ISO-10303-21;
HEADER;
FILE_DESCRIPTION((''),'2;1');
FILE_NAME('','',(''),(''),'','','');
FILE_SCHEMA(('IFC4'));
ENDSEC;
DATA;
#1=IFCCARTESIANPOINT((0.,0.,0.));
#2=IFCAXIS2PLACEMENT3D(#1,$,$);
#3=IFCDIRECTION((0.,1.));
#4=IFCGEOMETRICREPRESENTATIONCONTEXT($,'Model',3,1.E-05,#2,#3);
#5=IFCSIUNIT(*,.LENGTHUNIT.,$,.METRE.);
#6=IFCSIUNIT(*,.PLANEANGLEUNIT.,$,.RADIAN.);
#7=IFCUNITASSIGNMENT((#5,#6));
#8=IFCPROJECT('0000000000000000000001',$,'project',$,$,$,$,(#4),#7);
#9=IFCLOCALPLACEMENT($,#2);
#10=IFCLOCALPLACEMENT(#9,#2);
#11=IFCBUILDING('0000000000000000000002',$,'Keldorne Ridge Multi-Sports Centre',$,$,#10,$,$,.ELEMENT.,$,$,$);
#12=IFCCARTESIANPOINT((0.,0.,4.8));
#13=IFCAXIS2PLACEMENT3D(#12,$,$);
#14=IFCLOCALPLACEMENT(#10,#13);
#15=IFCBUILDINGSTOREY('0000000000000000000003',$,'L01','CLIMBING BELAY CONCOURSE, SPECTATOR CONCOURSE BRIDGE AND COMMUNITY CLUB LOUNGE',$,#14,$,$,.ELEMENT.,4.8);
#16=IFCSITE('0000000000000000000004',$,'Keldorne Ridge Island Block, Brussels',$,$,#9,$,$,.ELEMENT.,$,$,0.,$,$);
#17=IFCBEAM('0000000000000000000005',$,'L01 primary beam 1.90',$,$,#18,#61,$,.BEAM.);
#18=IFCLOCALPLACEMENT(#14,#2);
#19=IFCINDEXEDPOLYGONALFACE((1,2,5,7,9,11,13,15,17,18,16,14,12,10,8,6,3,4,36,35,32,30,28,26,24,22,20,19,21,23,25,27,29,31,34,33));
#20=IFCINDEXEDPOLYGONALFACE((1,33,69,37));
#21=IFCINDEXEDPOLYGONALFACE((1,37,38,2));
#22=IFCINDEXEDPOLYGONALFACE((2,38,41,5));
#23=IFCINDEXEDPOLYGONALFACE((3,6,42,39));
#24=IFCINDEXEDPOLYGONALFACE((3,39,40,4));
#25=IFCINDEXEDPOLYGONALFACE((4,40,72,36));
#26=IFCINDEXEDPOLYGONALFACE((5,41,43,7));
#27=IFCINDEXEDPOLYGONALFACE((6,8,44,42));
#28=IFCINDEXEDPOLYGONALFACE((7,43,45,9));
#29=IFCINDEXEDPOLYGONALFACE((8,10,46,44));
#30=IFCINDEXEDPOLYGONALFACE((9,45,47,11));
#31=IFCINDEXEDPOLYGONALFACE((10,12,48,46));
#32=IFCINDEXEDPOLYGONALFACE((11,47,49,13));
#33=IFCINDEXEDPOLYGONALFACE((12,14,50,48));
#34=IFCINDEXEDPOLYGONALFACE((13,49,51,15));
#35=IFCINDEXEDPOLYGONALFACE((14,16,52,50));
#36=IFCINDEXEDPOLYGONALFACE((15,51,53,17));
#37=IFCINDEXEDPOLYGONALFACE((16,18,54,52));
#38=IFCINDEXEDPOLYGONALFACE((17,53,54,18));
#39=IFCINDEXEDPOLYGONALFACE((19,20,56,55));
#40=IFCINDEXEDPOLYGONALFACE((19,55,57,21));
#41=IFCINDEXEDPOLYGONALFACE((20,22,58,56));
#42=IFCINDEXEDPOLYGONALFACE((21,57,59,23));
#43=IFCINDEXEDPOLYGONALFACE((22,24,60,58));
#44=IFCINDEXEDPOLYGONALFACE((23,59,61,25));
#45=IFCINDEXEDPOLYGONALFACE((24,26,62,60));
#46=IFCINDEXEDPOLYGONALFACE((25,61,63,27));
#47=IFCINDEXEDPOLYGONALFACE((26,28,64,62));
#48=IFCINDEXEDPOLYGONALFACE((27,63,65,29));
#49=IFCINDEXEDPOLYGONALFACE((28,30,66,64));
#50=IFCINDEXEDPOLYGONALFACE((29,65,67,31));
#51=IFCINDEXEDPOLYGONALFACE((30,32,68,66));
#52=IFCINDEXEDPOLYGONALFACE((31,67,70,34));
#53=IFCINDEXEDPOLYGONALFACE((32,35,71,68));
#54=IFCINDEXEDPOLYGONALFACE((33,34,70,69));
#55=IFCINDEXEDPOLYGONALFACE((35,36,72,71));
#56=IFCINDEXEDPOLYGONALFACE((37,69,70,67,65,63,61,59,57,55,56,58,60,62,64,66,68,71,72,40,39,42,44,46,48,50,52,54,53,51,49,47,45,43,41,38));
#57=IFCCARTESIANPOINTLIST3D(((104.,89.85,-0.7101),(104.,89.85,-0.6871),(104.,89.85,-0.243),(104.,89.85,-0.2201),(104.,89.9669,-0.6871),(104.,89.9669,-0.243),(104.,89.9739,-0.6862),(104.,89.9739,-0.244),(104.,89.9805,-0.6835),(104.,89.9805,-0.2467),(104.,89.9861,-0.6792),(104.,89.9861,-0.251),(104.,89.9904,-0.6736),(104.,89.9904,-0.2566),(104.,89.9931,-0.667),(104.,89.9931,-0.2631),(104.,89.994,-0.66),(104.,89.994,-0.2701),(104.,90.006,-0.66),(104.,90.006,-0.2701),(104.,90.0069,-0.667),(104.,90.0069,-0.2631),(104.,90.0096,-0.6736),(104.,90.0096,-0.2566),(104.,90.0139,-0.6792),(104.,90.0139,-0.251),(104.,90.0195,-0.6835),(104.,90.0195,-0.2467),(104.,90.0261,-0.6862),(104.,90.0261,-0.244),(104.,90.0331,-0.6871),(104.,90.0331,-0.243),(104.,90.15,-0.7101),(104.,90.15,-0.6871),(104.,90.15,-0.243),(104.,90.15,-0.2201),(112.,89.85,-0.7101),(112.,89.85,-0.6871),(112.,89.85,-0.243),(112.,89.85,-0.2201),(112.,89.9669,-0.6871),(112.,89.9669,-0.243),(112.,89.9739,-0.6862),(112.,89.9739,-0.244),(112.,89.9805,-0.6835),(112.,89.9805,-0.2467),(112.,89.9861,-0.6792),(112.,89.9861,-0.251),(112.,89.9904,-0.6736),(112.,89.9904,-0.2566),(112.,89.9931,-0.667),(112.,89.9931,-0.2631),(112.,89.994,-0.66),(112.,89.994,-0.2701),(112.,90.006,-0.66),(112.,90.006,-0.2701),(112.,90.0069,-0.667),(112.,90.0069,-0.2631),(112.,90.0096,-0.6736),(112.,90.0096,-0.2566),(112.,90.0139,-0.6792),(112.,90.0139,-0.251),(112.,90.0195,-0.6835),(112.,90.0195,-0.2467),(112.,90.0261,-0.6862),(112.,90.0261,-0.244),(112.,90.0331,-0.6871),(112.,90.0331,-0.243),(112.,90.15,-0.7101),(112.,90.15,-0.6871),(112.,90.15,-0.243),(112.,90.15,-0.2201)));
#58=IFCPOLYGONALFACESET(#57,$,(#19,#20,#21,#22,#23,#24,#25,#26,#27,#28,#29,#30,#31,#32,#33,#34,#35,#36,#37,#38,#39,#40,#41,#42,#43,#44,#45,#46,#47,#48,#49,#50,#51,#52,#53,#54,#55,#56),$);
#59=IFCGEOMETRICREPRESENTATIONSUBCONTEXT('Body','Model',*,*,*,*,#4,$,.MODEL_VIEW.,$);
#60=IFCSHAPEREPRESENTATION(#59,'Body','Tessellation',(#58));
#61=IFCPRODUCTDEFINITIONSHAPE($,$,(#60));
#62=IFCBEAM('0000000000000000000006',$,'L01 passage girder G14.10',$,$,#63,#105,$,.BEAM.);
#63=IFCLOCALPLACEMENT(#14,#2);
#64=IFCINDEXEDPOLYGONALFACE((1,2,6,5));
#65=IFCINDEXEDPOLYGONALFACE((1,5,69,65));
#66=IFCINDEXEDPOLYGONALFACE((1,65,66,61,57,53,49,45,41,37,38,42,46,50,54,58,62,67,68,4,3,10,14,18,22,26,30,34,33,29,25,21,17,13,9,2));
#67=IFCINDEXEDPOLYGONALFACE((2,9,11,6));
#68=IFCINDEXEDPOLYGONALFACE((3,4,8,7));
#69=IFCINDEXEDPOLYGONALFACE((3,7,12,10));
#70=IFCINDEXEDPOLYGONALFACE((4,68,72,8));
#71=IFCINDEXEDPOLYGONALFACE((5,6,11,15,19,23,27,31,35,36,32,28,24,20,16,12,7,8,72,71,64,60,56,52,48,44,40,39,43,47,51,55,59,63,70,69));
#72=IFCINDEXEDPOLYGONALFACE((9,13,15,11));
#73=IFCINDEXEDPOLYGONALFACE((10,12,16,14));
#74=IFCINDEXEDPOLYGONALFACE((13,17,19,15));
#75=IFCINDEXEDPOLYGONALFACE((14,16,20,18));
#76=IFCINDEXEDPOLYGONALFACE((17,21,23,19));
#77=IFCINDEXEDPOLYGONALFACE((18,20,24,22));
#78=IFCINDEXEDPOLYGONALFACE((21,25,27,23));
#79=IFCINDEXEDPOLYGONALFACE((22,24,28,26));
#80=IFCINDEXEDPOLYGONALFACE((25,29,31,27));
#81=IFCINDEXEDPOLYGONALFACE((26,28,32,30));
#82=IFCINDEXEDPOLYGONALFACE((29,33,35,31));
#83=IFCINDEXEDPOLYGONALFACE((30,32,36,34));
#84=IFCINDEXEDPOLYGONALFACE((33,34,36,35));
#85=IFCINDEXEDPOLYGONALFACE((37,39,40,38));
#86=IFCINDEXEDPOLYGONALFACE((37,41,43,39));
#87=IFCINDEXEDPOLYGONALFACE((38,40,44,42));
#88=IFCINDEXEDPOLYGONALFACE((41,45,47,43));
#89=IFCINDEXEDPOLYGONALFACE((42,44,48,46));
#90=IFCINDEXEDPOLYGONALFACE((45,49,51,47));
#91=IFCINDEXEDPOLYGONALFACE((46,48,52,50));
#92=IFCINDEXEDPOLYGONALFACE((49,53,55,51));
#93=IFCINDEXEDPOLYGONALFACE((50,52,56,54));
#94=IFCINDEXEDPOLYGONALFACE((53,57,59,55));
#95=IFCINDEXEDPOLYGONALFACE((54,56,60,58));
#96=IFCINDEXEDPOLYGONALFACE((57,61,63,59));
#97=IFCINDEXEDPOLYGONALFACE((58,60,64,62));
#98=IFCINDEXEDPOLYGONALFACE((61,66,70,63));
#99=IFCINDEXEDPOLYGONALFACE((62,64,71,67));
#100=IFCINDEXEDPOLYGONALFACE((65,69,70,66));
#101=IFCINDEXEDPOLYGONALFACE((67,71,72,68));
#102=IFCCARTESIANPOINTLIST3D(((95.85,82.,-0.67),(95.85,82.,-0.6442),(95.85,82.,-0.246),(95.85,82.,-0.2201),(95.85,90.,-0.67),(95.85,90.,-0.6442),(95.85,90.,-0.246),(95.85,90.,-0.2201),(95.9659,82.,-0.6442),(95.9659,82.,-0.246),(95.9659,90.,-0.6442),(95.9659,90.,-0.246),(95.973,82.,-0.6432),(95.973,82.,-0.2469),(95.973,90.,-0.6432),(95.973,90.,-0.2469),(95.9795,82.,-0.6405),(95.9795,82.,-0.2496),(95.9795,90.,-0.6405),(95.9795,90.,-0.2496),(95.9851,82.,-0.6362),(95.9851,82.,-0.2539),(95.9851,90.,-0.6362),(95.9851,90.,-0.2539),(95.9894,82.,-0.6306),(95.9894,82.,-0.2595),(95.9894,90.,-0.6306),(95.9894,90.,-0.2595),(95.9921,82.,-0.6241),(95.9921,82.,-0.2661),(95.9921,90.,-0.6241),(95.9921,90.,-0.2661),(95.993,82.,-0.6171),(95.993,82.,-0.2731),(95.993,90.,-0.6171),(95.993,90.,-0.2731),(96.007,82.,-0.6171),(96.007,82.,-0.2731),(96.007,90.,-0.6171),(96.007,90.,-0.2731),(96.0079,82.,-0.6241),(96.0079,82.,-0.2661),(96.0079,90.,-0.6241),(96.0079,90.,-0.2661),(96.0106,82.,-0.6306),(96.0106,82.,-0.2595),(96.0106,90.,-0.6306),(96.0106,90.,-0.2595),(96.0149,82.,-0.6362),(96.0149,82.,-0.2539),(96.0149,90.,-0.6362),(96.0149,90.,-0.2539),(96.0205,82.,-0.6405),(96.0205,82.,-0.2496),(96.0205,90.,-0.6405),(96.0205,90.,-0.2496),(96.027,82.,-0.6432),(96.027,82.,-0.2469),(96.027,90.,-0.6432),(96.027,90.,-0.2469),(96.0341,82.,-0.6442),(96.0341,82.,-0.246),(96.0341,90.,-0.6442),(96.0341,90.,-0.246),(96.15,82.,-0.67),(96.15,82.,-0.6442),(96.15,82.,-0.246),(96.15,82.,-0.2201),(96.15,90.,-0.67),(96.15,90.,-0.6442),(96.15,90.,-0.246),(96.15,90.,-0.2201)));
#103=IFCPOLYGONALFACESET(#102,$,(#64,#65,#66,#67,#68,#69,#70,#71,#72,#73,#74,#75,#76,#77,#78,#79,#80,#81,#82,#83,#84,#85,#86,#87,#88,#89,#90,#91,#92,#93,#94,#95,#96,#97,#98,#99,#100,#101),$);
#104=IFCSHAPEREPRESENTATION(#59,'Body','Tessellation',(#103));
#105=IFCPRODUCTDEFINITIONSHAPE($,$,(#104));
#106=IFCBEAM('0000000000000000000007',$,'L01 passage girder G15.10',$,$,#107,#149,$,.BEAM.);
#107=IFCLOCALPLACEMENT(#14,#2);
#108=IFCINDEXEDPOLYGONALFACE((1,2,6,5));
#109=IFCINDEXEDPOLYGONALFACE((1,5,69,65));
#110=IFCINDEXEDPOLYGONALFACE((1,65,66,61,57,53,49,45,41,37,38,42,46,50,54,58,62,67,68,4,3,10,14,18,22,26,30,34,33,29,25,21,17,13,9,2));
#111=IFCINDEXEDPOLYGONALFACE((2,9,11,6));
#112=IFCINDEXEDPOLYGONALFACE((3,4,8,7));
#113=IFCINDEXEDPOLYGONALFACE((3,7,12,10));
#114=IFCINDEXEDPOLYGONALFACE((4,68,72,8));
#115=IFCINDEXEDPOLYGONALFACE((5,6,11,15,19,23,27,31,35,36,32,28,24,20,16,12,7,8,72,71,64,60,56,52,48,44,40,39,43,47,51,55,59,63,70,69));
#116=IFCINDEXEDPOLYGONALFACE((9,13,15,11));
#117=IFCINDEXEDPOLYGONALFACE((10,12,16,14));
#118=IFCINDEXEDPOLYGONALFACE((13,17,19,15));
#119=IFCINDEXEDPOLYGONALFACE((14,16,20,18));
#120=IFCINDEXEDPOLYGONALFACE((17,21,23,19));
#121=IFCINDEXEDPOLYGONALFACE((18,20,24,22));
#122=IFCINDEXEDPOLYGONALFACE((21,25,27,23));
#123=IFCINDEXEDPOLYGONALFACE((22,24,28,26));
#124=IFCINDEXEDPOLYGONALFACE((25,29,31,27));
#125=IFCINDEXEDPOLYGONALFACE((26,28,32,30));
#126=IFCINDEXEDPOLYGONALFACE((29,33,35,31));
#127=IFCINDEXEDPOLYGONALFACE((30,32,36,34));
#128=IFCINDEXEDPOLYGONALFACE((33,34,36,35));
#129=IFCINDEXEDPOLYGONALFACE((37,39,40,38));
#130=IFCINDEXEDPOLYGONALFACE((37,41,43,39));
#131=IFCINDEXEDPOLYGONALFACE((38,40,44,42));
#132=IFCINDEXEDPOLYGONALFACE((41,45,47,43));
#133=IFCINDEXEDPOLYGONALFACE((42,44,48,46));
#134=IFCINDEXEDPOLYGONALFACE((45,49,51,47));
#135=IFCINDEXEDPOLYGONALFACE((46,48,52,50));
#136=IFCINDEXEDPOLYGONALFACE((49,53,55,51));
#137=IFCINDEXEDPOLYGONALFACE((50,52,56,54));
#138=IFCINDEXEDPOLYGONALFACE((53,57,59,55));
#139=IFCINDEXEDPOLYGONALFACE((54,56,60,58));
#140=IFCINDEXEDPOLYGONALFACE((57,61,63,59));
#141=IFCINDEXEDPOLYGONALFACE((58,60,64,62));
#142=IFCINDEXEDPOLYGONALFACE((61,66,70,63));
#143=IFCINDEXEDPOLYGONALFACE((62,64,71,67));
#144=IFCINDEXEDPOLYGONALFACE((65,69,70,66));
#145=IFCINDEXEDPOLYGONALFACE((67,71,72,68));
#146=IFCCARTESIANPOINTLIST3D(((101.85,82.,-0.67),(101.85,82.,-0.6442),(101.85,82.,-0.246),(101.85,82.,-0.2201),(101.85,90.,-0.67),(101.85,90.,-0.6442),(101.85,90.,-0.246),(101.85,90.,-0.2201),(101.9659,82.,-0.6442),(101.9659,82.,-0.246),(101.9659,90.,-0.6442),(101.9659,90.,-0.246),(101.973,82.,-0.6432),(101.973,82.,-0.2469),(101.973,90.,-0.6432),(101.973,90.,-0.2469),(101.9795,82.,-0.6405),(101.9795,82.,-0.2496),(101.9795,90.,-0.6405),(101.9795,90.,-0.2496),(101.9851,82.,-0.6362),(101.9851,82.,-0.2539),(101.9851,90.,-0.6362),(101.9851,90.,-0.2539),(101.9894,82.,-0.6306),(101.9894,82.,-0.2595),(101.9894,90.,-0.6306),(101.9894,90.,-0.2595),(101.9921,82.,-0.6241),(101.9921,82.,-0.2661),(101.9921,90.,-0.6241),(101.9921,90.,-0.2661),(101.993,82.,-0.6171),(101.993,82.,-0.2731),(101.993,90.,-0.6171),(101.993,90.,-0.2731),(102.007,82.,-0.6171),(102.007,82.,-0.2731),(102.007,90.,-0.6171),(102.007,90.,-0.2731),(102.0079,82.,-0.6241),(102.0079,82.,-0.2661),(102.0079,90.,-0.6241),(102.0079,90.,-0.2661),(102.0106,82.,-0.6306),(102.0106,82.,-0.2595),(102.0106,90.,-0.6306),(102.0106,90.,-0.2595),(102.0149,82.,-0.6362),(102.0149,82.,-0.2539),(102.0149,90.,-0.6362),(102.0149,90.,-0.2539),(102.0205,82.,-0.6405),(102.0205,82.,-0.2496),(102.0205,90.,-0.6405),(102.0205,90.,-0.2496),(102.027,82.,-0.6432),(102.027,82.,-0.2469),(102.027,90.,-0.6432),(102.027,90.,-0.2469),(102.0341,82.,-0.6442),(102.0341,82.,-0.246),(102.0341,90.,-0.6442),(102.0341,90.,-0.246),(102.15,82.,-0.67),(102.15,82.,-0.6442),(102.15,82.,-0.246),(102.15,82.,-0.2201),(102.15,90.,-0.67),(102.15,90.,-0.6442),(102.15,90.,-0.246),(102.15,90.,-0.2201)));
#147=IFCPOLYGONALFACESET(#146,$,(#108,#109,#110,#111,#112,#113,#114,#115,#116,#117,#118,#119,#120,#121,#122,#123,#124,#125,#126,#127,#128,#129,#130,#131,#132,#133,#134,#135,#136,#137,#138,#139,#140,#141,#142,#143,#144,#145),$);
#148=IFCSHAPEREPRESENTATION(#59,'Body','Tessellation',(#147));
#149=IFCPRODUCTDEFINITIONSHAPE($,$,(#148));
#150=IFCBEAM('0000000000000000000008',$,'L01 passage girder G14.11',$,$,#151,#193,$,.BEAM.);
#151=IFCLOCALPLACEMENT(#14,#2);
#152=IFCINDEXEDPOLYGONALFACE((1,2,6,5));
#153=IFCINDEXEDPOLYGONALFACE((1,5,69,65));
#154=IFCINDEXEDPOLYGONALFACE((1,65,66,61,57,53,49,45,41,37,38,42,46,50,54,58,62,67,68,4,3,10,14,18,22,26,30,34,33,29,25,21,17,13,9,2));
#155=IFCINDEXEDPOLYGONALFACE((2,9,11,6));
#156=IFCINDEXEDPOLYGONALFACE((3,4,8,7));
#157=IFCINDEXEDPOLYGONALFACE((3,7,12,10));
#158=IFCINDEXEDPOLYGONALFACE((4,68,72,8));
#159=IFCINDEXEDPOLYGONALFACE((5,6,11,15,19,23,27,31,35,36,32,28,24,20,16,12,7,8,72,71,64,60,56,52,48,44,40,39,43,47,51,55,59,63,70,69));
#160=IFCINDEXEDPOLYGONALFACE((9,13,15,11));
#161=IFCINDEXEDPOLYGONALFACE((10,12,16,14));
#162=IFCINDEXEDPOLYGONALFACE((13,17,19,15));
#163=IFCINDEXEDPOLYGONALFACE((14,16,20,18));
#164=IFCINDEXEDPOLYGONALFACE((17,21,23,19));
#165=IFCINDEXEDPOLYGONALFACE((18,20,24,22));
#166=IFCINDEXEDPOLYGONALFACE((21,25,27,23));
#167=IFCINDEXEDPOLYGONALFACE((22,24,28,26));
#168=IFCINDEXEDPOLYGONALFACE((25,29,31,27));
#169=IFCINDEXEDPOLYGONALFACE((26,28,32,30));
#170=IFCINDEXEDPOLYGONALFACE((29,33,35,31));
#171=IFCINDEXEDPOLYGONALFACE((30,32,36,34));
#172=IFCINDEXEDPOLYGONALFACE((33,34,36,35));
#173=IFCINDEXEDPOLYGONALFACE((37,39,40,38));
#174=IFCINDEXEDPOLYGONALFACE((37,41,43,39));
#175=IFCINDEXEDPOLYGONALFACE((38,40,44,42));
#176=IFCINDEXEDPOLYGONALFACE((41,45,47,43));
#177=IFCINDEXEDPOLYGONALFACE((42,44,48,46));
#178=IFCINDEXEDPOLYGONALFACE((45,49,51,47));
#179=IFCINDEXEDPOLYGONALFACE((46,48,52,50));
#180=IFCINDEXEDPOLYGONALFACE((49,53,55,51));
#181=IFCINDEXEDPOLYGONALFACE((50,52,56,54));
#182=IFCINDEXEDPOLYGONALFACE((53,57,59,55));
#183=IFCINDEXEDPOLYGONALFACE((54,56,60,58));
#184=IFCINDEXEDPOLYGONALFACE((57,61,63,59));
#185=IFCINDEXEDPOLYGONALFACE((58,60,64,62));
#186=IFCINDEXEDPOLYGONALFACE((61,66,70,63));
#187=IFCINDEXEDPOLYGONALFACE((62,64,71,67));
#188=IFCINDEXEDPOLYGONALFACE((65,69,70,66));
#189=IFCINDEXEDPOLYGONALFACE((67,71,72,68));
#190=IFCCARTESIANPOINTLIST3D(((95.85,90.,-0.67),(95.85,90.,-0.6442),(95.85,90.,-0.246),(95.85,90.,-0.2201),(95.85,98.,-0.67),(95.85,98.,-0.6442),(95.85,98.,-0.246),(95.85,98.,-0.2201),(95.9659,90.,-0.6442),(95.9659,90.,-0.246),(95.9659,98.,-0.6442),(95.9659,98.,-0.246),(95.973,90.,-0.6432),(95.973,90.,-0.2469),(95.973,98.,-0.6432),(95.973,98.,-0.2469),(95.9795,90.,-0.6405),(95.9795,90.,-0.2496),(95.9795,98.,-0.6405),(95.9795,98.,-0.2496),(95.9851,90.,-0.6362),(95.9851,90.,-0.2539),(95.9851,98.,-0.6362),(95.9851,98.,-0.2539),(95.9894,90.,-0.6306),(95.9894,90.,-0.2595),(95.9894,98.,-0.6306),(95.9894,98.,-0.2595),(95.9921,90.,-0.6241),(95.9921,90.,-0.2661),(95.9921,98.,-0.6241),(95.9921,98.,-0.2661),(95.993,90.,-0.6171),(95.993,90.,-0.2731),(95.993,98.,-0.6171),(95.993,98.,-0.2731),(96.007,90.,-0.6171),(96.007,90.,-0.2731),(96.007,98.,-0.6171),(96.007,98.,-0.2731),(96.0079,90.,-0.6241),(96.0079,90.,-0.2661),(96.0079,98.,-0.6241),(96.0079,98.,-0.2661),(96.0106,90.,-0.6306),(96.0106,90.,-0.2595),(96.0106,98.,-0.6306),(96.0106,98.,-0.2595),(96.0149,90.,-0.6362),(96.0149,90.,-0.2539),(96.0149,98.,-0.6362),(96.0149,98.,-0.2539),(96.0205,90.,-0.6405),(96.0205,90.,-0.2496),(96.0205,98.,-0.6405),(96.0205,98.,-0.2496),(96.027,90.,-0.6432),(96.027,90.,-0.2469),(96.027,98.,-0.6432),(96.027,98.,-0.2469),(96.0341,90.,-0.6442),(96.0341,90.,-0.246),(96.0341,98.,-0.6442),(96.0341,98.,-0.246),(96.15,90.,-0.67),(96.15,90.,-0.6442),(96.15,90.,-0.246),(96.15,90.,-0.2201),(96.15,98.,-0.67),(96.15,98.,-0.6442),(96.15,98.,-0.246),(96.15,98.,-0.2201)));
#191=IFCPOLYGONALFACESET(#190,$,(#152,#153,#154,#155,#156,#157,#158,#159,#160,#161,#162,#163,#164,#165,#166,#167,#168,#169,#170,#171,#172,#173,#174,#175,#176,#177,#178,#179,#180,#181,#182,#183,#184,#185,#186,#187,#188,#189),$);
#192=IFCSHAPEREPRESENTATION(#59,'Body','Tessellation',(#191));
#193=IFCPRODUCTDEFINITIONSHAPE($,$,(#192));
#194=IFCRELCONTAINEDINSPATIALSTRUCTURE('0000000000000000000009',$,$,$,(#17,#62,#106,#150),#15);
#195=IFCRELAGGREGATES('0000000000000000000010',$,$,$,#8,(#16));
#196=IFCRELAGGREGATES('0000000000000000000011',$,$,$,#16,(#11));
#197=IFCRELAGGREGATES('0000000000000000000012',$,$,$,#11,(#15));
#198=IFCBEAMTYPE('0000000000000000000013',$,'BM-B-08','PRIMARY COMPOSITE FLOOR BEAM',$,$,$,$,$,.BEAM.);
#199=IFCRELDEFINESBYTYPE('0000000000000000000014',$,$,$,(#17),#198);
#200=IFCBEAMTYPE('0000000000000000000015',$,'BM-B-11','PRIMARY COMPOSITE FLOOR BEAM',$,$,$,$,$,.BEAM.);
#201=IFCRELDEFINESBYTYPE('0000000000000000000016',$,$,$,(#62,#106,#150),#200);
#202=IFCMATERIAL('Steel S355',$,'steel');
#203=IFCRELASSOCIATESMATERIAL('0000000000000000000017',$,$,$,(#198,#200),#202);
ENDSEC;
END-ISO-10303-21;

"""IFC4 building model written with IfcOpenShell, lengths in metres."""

from ifc_helpers import new_model, si_unit, direction, frame, origin, origin_2d, place, context, subcontext, project, spatial, i_section, extrude, material, material_profile, profile_set, type_object, element, save


model = new_model("IFC4")

# Units and contexts
model_context = context("Model", 3, precision=1e-05, world=origin(), true_north=direction((0.0, 1.0)))
body_context = subcontext(model_context, "Body", "Model", "MODEL_VIEW")
ifc_project = project(units=[si_unit("LENGTHUNIT", "METRE"), si_unit("PLANEANGLEUNIT", "RADIAN")], contexts=[model_context])

# Site, building, storey
site_placement = place(None, origin())
site = spatial("IfcSite", under=ifc_project, at=site_placement, Name="Keldorne Ridge Island Block, Brussels", CompositionType="ELEMENT", RefElevation=0.0)
building_placement = place(site_placement, origin())
building = spatial("IfcBuilding", under=site, at=building_placement, Name="Keldorne Ridge Multi-Sports Centre", CompositionType="ELEMENT")
storey_placement = place(building_placement, frame((0.0, 0.0, 4.8)))
storey = spatial("IfcBuildingStorey", under=building, at=storey_placement, Name="L01", Description="CLIMBING BELAY CONCOURSE, SPECTATOR CONCOURSE BRIDGE AND COMMUNITY CLUB LOUNGE", CompositionType="ELEMENT", Elevation=4.8)

# Shared definitions
ifc_material_1 = material(Name="Steel S355", Category="steel")

# Beams
ifc_material_profile_1 = material_profile(ifc_material_1, i_section(OverallWidth=0.3, OverallDepth=0.49, WebThickness=0.012, FlangeThickness=0.0229, FilletRadius=0.0271, at=origin_2d()), Name="HEA 500")
ifc_profile_set_1 = profile_set([ifc_material_profile_1], Name="Steel S355")
beam_type_1 = type_object("IfcBeamType", Name="BM-B-08", Description="PRIMARY COMPOSITE FLOOR BEAM", PredefinedType="BEAM", material=ifc_profile_set_1)
for number, where, z_axis, x_axis, name in (
    (1, (104.0, 90.0, -0.4651), (1.0, 0.0, 0.0), (0.0, 1.0, 0.0), "L01 primary beam 1.90"),
):
    element("IfcBeam", number, at=place(storey_placement, frame(where, z_axis=z_axis, x_axis=x_axis)), inside=storey, type_object=beam_type_1, Name=name, PredefinedType="BEAM", context=body_context, shape_type="SweptSolid", body=[
        extrude(i_section(OverallWidth=0.3, OverallDepth=0.49, WebThickness=0.012, FlangeThickness=0.0229, FilletRadius=0.0271, at=origin_2d()), origin(), (0.0, 0.0, 1.0), 8.0),
    ])
ifc_material_profile_2 = material_profile(ifc_material_1, i_section(OverallWidth=0.3, OverallDepth=0.45, WebThickness=0.0139, FlangeThickness=0.0259, FilletRadius=0.0271, at=origin_2d()), Name="HEB 450")
ifc_profile_set_2 = profile_set([ifc_material_profile_2], Name="Steel S355")
beam_type_2 = type_object("IfcBeamType", Name="BM-B-11", Description="PRIMARY COMPOSITE FLOOR BEAM", PredefinedType="BEAM", material=ifc_profile_set_2)
for number, where, z_axis, x_axis, name in (
    (2, (96.0, 82.0, -0.4451), (0.0, 1.0, 0.0), (-1.0, 0.0, 0.0), "L01 passage girder G14.10"),
    (3, (102.0, 82.0, -0.4451), (0.0, 1.0, 0.0), (-1.0, 0.0, 0.0), "L01 passage girder G15.10"),
    (4, (96.0, 90.0, -0.4451), (0.0, 1.0, 0.0), (-1.0, 0.0, 0.0), "L01 passage girder G14.11"),
):
    element("IfcBeam", number, at=place(storey_placement, frame(where, z_axis=z_axis, x_axis=x_axis)), inside=storey, type_object=beam_type_2, Name=name, PredefinedType="BEAM", context=body_context, shape_type="SweptSolid", body=[
        extrude(i_section(OverallWidth=0.3, OverallDepth=0.45, WebThickness=0.0139, FlangeThickness=0.0259, FilletRadius=0.0271, at=origin_2d()), origin(), (0.0, 0.0, 1.0), 8.0),
    ])

save(model, "model.ifc")
